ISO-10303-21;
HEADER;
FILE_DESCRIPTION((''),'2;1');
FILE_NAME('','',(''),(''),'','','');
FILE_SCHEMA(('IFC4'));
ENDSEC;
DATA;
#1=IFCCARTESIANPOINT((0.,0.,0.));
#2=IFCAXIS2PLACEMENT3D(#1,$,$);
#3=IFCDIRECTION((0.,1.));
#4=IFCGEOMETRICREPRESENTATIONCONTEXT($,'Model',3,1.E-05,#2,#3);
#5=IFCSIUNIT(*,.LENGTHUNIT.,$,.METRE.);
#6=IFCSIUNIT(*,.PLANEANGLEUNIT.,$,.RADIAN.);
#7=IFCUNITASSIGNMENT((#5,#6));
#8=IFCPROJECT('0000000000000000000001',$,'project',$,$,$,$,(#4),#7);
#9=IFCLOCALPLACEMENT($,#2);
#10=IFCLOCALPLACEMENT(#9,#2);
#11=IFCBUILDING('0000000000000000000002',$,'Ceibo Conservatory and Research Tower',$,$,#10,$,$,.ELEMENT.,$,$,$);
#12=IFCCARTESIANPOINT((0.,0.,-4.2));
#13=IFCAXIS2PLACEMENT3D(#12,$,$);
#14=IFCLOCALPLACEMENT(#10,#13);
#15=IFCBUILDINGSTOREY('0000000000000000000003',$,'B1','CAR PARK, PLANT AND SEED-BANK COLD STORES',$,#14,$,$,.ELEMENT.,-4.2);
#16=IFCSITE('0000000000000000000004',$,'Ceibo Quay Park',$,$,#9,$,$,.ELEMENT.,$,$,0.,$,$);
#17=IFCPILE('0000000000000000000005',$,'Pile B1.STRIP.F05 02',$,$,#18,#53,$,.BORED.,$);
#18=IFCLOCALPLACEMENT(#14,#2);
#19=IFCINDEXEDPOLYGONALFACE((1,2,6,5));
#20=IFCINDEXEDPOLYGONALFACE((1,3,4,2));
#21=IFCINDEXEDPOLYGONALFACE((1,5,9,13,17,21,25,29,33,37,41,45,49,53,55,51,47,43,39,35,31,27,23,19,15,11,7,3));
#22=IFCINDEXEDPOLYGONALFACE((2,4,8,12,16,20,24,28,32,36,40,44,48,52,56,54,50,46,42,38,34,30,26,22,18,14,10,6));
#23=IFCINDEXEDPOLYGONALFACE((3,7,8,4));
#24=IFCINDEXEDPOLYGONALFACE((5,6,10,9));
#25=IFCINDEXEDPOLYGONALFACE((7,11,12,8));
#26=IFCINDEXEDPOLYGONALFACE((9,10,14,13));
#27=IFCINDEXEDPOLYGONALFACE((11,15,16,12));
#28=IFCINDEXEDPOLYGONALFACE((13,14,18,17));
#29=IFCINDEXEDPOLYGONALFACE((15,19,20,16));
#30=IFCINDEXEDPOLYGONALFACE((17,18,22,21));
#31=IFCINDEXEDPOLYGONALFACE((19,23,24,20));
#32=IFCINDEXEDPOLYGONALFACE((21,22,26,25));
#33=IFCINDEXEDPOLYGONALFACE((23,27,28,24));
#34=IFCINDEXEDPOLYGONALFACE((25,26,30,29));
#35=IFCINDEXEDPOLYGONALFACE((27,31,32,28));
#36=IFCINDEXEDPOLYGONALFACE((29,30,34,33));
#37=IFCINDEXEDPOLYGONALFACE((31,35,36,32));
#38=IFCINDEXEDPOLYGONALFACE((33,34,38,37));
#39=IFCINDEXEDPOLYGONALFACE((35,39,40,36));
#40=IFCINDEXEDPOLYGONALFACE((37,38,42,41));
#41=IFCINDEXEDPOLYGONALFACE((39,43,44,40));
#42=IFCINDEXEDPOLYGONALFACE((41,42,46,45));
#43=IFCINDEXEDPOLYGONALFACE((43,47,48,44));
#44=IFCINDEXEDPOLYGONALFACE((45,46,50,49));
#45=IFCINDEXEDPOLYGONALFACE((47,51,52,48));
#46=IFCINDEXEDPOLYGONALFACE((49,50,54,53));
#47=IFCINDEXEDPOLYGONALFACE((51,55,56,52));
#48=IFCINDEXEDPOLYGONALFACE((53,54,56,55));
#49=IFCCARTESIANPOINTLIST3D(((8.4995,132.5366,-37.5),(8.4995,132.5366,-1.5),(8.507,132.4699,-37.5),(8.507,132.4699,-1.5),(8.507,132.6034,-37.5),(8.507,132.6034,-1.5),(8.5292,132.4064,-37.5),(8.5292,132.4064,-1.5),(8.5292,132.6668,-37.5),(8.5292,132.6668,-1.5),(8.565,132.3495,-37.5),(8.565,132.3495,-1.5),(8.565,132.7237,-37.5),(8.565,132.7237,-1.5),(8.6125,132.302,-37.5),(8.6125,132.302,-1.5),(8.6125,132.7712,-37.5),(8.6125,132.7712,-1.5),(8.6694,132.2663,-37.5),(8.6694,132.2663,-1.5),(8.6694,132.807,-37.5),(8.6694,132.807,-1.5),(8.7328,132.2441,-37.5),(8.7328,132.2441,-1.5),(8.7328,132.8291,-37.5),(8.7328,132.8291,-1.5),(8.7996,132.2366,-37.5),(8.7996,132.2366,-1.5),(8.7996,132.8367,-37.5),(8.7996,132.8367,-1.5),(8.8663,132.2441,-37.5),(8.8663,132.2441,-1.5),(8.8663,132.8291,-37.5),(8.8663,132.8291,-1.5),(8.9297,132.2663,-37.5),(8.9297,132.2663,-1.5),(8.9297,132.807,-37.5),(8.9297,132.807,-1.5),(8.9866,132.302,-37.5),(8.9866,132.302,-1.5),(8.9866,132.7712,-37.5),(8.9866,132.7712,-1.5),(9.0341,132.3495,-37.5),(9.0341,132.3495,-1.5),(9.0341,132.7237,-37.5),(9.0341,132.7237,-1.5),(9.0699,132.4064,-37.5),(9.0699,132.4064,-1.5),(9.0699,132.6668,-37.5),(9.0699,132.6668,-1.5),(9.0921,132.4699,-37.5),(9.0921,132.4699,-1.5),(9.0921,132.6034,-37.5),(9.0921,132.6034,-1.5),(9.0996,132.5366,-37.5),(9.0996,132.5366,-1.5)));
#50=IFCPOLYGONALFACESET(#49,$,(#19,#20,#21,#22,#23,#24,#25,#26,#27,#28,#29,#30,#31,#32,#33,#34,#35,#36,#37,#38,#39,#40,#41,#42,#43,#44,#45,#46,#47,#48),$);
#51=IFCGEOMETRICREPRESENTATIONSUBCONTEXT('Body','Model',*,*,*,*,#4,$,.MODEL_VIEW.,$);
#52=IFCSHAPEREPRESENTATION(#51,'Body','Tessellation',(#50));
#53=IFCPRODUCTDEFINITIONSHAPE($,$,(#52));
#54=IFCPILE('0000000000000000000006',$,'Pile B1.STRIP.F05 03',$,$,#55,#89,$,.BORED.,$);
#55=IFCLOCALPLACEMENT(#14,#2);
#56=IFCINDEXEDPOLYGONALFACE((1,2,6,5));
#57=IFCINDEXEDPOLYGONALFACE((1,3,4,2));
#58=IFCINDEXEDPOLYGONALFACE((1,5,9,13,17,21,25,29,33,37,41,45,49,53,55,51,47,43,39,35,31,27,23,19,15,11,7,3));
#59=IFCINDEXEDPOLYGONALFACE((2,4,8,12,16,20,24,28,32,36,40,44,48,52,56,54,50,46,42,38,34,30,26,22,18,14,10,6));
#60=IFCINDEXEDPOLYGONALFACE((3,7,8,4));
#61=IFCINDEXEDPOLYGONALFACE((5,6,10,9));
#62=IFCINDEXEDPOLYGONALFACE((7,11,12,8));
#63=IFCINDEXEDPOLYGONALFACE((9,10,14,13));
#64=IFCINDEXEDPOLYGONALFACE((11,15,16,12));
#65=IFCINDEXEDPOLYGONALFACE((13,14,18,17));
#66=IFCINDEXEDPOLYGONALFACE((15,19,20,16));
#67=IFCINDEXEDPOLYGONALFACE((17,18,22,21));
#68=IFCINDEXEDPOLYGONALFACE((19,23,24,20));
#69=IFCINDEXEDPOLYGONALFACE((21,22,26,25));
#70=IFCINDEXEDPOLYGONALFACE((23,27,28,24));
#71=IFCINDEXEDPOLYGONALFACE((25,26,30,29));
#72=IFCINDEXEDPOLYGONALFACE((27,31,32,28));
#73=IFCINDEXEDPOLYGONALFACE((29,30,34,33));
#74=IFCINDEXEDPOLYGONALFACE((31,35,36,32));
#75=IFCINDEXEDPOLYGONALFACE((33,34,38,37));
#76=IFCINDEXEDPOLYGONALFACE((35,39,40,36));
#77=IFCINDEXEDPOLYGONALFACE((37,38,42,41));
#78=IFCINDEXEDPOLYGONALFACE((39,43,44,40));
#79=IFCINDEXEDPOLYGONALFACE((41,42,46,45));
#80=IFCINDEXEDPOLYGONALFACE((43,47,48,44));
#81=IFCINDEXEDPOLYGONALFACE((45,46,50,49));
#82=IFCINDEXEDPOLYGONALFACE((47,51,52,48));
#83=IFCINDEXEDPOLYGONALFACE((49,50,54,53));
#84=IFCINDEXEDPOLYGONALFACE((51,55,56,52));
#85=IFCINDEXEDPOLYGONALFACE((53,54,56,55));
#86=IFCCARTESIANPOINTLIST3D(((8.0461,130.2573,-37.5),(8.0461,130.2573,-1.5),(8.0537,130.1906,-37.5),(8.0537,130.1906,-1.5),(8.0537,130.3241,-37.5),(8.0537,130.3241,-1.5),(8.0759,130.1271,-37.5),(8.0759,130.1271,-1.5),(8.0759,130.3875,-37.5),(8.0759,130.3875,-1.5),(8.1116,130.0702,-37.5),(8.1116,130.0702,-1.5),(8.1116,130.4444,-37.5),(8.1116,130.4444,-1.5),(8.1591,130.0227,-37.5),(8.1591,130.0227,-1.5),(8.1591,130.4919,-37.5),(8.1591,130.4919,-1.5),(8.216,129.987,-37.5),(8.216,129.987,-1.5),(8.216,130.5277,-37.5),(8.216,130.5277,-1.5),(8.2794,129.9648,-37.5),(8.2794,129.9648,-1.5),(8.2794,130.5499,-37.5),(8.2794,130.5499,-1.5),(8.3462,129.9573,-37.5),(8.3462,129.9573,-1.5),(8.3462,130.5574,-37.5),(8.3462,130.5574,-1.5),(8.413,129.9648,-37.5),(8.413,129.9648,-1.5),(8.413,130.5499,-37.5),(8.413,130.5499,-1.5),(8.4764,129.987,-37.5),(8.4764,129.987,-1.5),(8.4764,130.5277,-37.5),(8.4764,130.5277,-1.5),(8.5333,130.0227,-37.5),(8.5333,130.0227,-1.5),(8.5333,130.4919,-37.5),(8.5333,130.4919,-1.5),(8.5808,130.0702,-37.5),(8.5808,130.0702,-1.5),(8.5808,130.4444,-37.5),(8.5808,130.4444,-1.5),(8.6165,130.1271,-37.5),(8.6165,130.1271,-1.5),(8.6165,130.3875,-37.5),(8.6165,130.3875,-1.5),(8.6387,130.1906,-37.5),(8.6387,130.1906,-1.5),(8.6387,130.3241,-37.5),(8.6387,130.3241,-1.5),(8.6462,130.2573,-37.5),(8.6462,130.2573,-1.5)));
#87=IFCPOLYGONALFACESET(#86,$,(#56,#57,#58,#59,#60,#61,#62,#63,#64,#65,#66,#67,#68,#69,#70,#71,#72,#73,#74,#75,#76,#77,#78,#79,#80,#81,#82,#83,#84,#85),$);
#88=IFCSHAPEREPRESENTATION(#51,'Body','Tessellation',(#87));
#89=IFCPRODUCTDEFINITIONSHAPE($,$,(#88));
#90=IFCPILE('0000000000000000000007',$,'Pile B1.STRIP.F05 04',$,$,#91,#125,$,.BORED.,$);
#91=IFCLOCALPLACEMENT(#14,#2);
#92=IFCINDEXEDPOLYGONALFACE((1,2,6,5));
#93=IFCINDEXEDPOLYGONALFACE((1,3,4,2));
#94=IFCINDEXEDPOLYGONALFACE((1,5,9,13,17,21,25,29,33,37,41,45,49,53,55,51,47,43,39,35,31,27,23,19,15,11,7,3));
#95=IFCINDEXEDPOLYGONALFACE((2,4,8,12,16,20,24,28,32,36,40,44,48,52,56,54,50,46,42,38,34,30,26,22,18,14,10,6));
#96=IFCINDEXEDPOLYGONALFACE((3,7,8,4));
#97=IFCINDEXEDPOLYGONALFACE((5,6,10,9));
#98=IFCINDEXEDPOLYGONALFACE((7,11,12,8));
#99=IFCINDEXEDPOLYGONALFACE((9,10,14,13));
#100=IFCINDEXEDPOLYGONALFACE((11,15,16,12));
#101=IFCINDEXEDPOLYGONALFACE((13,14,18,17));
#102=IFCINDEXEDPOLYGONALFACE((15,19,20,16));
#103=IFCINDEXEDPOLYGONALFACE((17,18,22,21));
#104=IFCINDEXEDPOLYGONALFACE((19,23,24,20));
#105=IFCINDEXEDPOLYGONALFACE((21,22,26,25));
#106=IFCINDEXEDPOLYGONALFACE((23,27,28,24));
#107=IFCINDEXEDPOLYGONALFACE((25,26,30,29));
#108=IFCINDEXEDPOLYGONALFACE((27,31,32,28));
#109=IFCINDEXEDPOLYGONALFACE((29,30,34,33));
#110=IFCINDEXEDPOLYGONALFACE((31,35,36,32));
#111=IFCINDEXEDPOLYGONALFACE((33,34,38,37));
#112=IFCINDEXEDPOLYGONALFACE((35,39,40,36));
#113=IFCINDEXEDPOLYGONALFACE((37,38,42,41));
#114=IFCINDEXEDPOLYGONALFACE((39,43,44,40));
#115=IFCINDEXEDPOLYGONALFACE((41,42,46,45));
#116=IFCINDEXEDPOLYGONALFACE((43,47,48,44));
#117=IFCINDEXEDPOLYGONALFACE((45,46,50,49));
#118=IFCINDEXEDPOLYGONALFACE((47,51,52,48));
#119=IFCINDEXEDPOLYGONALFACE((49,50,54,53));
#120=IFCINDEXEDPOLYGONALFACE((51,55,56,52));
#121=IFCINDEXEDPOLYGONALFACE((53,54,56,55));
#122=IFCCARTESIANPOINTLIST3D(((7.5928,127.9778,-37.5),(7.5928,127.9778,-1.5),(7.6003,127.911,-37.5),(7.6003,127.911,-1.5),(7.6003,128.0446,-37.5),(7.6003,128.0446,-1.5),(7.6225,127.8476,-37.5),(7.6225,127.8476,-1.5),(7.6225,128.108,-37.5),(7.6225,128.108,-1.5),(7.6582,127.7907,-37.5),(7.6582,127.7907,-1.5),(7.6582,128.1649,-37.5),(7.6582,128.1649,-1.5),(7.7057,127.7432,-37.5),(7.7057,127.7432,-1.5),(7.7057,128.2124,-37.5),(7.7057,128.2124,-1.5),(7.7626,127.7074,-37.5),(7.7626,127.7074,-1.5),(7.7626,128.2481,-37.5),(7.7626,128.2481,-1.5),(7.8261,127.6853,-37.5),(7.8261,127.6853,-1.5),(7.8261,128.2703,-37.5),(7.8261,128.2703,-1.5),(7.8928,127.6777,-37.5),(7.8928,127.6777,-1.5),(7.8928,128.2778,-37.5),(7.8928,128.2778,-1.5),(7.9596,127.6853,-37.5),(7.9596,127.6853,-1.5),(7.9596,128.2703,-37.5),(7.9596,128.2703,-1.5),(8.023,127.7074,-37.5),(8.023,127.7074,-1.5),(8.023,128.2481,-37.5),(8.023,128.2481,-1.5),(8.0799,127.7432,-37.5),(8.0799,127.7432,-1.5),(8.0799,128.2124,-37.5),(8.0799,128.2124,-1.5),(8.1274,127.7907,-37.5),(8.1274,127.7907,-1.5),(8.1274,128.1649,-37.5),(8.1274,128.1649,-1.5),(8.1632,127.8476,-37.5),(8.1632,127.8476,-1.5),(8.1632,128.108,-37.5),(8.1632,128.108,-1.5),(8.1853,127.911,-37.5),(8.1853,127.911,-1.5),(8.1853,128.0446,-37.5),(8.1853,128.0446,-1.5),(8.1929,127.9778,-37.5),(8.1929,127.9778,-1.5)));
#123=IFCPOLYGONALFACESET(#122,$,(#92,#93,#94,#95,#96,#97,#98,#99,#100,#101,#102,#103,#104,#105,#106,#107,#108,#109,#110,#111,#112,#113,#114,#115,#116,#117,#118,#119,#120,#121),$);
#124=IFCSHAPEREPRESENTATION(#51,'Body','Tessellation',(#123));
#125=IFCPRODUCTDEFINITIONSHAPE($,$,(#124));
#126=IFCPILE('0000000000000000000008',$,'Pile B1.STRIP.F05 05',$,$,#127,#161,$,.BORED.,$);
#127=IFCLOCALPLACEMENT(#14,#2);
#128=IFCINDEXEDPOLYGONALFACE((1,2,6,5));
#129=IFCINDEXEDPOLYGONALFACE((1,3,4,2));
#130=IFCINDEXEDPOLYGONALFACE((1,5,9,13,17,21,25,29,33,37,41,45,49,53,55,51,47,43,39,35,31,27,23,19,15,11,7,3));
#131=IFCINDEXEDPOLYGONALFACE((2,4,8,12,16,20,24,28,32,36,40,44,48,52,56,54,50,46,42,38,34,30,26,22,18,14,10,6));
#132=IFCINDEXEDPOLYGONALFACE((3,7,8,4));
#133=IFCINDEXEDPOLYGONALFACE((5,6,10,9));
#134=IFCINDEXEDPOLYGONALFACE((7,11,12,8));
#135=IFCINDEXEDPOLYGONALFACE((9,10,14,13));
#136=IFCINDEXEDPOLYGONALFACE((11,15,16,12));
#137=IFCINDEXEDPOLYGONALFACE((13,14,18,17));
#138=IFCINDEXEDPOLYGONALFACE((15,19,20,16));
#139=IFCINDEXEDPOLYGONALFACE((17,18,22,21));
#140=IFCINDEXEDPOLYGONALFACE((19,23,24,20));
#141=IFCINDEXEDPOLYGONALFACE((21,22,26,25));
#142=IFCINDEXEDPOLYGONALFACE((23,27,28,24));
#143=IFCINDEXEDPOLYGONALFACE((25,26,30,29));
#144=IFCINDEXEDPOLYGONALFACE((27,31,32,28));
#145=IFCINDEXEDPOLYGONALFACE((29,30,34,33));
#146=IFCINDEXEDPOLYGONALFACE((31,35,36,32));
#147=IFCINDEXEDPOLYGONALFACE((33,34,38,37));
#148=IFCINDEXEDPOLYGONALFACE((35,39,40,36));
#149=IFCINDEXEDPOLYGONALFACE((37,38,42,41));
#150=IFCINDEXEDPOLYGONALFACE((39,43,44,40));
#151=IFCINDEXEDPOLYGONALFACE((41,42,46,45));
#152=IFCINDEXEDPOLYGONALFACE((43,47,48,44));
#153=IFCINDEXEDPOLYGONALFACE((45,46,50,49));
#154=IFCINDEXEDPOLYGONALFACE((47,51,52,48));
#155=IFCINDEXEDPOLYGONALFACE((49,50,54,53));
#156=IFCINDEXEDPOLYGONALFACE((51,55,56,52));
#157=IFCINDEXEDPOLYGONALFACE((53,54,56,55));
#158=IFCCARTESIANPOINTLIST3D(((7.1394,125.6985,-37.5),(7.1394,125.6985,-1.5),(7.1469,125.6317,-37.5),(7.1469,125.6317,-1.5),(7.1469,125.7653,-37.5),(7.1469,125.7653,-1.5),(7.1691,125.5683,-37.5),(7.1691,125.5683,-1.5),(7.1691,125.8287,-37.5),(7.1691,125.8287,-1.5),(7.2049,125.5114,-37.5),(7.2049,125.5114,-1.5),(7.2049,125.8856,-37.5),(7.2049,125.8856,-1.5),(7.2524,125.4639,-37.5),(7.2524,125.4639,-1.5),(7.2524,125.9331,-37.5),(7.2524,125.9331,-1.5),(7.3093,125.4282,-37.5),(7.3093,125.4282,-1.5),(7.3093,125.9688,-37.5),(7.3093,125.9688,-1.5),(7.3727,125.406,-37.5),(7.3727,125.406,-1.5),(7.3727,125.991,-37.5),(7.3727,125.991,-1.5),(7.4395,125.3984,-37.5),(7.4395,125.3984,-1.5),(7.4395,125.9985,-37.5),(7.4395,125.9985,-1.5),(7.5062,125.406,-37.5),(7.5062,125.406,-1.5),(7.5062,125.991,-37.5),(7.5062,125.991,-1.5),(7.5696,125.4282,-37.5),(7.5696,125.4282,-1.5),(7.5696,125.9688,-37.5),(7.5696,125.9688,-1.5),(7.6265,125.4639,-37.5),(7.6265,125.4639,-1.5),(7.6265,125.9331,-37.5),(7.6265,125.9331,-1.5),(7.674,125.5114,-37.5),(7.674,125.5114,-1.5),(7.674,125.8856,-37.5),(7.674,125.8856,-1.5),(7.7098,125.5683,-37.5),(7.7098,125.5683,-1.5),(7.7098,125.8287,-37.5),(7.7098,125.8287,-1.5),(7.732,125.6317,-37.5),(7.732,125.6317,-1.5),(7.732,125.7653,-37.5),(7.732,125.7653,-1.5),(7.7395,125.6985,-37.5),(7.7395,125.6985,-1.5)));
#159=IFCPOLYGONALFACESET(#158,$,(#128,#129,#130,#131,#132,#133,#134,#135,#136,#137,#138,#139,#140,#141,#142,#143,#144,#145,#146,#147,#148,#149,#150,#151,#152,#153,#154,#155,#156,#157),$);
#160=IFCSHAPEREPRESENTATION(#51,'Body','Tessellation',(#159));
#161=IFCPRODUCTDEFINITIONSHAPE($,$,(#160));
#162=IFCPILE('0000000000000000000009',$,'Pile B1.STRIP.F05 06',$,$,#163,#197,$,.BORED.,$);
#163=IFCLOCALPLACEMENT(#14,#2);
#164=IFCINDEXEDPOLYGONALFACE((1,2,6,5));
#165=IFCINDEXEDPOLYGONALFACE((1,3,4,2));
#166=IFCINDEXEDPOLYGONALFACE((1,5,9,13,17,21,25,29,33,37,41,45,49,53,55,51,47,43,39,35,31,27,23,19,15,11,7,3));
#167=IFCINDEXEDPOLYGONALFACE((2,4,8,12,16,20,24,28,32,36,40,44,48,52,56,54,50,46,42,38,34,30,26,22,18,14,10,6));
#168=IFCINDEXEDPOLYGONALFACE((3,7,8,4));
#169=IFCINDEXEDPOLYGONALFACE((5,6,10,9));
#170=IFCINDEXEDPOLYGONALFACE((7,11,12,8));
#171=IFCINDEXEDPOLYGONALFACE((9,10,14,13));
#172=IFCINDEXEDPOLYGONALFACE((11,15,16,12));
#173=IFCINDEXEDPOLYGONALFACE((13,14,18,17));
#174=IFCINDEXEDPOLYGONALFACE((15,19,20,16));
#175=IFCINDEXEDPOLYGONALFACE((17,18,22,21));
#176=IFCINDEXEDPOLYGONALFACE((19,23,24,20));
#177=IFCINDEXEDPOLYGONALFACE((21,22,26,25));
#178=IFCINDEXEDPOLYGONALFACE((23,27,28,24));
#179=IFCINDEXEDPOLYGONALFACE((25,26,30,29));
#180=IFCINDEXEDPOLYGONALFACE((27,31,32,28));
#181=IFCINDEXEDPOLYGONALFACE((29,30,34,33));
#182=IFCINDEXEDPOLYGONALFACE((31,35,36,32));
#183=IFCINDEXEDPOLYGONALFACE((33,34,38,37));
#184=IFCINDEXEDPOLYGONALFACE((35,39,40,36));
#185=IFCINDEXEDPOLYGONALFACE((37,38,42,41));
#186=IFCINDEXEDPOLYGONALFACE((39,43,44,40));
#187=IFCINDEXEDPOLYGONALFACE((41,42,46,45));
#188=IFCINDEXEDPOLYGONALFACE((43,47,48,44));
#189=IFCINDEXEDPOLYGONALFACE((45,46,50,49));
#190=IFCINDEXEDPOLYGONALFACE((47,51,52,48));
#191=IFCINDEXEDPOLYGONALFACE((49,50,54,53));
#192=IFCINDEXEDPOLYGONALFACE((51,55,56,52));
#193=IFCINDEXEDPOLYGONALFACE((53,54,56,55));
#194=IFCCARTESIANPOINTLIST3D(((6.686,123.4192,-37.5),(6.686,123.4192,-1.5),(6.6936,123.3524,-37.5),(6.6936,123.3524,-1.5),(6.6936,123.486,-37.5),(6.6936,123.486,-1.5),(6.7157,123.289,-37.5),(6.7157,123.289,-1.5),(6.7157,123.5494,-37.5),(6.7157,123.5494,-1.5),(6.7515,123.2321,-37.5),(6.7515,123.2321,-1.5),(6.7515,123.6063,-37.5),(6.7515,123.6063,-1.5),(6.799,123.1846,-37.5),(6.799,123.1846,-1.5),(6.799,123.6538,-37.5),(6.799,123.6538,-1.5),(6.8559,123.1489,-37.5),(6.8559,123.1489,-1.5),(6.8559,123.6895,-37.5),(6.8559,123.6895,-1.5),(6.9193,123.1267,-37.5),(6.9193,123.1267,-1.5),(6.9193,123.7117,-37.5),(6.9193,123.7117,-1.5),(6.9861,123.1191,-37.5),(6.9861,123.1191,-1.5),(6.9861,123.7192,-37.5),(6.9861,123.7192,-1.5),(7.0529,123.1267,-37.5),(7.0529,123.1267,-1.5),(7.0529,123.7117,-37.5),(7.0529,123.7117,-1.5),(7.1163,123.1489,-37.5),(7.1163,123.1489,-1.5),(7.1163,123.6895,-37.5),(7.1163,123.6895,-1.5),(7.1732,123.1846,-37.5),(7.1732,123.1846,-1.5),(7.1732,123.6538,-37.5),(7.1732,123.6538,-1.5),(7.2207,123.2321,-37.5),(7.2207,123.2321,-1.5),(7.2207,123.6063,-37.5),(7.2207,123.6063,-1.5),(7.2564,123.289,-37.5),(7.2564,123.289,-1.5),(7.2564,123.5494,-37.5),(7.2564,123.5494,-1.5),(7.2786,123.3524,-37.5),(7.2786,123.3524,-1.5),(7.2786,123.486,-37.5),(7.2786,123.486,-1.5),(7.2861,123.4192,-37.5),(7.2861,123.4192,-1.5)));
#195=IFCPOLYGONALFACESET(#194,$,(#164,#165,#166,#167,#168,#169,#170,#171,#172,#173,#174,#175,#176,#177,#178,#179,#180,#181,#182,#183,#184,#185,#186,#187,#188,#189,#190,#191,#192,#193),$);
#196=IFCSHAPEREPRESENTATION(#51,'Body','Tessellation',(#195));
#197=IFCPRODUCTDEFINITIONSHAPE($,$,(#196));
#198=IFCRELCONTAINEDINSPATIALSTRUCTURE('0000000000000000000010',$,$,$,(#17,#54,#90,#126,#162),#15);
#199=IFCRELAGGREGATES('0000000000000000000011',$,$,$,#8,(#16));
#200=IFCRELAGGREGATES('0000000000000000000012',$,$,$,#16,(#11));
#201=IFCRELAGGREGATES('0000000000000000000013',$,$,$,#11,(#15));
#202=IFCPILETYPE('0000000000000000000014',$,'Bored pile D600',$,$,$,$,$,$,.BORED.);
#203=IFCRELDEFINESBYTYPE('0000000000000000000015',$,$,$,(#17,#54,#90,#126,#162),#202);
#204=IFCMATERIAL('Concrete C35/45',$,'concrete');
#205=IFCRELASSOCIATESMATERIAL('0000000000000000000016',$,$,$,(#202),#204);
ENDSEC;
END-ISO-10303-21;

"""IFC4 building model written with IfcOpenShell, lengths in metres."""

from ifc_helpers import new_model, si_unit, direction, frame, origin, origin_2d, place, context, subcontext, project, spatial, circle, extrude, material, material_profile, profile_set, type_object, element, save


model = new_model("IFC4")

# Units and contexts
model_context = context("Model", 3, precision=1e-05, world=origin(), true_north=direction((0.0, 1.0)))
body_context = subcontext(model_context, "Body", "Model", "MODEL_VIEW")
ifc_project = project(units=[si_unit("LENGTHUNIT", "METRE"), si_unit("PLANEANGLEUNIT", "RADIAN")], contexts=[model_context])

# Site, building, storey
site_placement = place(None, origin())
site = spatial("IfcSite", under=ifc_project, at=site_placement, Name="Ceibo Quay Park", CompositionType="ELEMENT", RefElevation=0.0)
building_placement = place(site_placement, origin())
building = spatial("IfcBuilding", under=site, at=building_placement, Name="Ceibo Conservatory and Research Tower", CompositionType="ELEMENT")
storey_placement = place(building_placement, frame((0.0, 0.0, -4.2)))
storey = spatial("IfcBuildingStorey", under=building, at=storey_placement, Name="B1", Description="CAR PARK, PLANT AND SEED-BANK COLD STORES", CompositionType="ELEMENT", Elevation=-4.2)

# Piles
ifc_material_1 = material(Name="Concrete C35/45", Category="concrete")
ifc_material_profile_1 = material_profile(ifc_material_1, circle(Radius=0.3, at=origin_2d()), Name="RC D600")
ifc_profile_set_1 = profile_set([ifc_material_profile_1], Name="Concrete C35/45")
pile_type_1 = type_object("IfcPileType", Name="Bored pile D600", PredefinedType="BORED", material=ifc_profile_set_1)
for number, where, z_axis, x_axis, name in (
    (1, (8.7996, 132.5366, -1.5), (0.0, 0.0, -1.0), (1.0, 0.0, 0.0), "Pile B1.STRIP.F05 02"),
    (2, (8.3462, 130.2573, -1.5), (0.0, 0.0, -1.0), (1.0, 0.0, 0.0), "Pile B1.STRIP.F05 03"),
    (3, (7.8928, 127.9778, -1.5), (0.0, 0.0, -1.0), (1.0, 0.0, 0.0), "Pile B1.STRIP.F05 04"),
    (4, (7.4395, 125.6985, -1.5), (0.0, 0.0, -1.0), (1.0, 0.0, 0.0), "Pile B1.STRIP.F05 05"),
    (5, (6.9861, 123.4192, -1.5), (0.0, 0.0, -1.0), (1.0, 0.0, 0.0), "Pile B1.STRIP.F05 06"),
):
    element("IfcPile", number, at=place(storey_placement, frame(where, z_axis=z_axis, x_axis=x_axis)), inside=storey, type_object=pile_type_1, Name=name, PredefinedType="BORED", context=body_context, shape_type="SweptSolid", body=[
        extrude(circle(Radius=0.3, at=origin_2d()), origin(), (0.0, 0.0, 1.0), 36.0),
    ])

save(model, "model.ifc")
